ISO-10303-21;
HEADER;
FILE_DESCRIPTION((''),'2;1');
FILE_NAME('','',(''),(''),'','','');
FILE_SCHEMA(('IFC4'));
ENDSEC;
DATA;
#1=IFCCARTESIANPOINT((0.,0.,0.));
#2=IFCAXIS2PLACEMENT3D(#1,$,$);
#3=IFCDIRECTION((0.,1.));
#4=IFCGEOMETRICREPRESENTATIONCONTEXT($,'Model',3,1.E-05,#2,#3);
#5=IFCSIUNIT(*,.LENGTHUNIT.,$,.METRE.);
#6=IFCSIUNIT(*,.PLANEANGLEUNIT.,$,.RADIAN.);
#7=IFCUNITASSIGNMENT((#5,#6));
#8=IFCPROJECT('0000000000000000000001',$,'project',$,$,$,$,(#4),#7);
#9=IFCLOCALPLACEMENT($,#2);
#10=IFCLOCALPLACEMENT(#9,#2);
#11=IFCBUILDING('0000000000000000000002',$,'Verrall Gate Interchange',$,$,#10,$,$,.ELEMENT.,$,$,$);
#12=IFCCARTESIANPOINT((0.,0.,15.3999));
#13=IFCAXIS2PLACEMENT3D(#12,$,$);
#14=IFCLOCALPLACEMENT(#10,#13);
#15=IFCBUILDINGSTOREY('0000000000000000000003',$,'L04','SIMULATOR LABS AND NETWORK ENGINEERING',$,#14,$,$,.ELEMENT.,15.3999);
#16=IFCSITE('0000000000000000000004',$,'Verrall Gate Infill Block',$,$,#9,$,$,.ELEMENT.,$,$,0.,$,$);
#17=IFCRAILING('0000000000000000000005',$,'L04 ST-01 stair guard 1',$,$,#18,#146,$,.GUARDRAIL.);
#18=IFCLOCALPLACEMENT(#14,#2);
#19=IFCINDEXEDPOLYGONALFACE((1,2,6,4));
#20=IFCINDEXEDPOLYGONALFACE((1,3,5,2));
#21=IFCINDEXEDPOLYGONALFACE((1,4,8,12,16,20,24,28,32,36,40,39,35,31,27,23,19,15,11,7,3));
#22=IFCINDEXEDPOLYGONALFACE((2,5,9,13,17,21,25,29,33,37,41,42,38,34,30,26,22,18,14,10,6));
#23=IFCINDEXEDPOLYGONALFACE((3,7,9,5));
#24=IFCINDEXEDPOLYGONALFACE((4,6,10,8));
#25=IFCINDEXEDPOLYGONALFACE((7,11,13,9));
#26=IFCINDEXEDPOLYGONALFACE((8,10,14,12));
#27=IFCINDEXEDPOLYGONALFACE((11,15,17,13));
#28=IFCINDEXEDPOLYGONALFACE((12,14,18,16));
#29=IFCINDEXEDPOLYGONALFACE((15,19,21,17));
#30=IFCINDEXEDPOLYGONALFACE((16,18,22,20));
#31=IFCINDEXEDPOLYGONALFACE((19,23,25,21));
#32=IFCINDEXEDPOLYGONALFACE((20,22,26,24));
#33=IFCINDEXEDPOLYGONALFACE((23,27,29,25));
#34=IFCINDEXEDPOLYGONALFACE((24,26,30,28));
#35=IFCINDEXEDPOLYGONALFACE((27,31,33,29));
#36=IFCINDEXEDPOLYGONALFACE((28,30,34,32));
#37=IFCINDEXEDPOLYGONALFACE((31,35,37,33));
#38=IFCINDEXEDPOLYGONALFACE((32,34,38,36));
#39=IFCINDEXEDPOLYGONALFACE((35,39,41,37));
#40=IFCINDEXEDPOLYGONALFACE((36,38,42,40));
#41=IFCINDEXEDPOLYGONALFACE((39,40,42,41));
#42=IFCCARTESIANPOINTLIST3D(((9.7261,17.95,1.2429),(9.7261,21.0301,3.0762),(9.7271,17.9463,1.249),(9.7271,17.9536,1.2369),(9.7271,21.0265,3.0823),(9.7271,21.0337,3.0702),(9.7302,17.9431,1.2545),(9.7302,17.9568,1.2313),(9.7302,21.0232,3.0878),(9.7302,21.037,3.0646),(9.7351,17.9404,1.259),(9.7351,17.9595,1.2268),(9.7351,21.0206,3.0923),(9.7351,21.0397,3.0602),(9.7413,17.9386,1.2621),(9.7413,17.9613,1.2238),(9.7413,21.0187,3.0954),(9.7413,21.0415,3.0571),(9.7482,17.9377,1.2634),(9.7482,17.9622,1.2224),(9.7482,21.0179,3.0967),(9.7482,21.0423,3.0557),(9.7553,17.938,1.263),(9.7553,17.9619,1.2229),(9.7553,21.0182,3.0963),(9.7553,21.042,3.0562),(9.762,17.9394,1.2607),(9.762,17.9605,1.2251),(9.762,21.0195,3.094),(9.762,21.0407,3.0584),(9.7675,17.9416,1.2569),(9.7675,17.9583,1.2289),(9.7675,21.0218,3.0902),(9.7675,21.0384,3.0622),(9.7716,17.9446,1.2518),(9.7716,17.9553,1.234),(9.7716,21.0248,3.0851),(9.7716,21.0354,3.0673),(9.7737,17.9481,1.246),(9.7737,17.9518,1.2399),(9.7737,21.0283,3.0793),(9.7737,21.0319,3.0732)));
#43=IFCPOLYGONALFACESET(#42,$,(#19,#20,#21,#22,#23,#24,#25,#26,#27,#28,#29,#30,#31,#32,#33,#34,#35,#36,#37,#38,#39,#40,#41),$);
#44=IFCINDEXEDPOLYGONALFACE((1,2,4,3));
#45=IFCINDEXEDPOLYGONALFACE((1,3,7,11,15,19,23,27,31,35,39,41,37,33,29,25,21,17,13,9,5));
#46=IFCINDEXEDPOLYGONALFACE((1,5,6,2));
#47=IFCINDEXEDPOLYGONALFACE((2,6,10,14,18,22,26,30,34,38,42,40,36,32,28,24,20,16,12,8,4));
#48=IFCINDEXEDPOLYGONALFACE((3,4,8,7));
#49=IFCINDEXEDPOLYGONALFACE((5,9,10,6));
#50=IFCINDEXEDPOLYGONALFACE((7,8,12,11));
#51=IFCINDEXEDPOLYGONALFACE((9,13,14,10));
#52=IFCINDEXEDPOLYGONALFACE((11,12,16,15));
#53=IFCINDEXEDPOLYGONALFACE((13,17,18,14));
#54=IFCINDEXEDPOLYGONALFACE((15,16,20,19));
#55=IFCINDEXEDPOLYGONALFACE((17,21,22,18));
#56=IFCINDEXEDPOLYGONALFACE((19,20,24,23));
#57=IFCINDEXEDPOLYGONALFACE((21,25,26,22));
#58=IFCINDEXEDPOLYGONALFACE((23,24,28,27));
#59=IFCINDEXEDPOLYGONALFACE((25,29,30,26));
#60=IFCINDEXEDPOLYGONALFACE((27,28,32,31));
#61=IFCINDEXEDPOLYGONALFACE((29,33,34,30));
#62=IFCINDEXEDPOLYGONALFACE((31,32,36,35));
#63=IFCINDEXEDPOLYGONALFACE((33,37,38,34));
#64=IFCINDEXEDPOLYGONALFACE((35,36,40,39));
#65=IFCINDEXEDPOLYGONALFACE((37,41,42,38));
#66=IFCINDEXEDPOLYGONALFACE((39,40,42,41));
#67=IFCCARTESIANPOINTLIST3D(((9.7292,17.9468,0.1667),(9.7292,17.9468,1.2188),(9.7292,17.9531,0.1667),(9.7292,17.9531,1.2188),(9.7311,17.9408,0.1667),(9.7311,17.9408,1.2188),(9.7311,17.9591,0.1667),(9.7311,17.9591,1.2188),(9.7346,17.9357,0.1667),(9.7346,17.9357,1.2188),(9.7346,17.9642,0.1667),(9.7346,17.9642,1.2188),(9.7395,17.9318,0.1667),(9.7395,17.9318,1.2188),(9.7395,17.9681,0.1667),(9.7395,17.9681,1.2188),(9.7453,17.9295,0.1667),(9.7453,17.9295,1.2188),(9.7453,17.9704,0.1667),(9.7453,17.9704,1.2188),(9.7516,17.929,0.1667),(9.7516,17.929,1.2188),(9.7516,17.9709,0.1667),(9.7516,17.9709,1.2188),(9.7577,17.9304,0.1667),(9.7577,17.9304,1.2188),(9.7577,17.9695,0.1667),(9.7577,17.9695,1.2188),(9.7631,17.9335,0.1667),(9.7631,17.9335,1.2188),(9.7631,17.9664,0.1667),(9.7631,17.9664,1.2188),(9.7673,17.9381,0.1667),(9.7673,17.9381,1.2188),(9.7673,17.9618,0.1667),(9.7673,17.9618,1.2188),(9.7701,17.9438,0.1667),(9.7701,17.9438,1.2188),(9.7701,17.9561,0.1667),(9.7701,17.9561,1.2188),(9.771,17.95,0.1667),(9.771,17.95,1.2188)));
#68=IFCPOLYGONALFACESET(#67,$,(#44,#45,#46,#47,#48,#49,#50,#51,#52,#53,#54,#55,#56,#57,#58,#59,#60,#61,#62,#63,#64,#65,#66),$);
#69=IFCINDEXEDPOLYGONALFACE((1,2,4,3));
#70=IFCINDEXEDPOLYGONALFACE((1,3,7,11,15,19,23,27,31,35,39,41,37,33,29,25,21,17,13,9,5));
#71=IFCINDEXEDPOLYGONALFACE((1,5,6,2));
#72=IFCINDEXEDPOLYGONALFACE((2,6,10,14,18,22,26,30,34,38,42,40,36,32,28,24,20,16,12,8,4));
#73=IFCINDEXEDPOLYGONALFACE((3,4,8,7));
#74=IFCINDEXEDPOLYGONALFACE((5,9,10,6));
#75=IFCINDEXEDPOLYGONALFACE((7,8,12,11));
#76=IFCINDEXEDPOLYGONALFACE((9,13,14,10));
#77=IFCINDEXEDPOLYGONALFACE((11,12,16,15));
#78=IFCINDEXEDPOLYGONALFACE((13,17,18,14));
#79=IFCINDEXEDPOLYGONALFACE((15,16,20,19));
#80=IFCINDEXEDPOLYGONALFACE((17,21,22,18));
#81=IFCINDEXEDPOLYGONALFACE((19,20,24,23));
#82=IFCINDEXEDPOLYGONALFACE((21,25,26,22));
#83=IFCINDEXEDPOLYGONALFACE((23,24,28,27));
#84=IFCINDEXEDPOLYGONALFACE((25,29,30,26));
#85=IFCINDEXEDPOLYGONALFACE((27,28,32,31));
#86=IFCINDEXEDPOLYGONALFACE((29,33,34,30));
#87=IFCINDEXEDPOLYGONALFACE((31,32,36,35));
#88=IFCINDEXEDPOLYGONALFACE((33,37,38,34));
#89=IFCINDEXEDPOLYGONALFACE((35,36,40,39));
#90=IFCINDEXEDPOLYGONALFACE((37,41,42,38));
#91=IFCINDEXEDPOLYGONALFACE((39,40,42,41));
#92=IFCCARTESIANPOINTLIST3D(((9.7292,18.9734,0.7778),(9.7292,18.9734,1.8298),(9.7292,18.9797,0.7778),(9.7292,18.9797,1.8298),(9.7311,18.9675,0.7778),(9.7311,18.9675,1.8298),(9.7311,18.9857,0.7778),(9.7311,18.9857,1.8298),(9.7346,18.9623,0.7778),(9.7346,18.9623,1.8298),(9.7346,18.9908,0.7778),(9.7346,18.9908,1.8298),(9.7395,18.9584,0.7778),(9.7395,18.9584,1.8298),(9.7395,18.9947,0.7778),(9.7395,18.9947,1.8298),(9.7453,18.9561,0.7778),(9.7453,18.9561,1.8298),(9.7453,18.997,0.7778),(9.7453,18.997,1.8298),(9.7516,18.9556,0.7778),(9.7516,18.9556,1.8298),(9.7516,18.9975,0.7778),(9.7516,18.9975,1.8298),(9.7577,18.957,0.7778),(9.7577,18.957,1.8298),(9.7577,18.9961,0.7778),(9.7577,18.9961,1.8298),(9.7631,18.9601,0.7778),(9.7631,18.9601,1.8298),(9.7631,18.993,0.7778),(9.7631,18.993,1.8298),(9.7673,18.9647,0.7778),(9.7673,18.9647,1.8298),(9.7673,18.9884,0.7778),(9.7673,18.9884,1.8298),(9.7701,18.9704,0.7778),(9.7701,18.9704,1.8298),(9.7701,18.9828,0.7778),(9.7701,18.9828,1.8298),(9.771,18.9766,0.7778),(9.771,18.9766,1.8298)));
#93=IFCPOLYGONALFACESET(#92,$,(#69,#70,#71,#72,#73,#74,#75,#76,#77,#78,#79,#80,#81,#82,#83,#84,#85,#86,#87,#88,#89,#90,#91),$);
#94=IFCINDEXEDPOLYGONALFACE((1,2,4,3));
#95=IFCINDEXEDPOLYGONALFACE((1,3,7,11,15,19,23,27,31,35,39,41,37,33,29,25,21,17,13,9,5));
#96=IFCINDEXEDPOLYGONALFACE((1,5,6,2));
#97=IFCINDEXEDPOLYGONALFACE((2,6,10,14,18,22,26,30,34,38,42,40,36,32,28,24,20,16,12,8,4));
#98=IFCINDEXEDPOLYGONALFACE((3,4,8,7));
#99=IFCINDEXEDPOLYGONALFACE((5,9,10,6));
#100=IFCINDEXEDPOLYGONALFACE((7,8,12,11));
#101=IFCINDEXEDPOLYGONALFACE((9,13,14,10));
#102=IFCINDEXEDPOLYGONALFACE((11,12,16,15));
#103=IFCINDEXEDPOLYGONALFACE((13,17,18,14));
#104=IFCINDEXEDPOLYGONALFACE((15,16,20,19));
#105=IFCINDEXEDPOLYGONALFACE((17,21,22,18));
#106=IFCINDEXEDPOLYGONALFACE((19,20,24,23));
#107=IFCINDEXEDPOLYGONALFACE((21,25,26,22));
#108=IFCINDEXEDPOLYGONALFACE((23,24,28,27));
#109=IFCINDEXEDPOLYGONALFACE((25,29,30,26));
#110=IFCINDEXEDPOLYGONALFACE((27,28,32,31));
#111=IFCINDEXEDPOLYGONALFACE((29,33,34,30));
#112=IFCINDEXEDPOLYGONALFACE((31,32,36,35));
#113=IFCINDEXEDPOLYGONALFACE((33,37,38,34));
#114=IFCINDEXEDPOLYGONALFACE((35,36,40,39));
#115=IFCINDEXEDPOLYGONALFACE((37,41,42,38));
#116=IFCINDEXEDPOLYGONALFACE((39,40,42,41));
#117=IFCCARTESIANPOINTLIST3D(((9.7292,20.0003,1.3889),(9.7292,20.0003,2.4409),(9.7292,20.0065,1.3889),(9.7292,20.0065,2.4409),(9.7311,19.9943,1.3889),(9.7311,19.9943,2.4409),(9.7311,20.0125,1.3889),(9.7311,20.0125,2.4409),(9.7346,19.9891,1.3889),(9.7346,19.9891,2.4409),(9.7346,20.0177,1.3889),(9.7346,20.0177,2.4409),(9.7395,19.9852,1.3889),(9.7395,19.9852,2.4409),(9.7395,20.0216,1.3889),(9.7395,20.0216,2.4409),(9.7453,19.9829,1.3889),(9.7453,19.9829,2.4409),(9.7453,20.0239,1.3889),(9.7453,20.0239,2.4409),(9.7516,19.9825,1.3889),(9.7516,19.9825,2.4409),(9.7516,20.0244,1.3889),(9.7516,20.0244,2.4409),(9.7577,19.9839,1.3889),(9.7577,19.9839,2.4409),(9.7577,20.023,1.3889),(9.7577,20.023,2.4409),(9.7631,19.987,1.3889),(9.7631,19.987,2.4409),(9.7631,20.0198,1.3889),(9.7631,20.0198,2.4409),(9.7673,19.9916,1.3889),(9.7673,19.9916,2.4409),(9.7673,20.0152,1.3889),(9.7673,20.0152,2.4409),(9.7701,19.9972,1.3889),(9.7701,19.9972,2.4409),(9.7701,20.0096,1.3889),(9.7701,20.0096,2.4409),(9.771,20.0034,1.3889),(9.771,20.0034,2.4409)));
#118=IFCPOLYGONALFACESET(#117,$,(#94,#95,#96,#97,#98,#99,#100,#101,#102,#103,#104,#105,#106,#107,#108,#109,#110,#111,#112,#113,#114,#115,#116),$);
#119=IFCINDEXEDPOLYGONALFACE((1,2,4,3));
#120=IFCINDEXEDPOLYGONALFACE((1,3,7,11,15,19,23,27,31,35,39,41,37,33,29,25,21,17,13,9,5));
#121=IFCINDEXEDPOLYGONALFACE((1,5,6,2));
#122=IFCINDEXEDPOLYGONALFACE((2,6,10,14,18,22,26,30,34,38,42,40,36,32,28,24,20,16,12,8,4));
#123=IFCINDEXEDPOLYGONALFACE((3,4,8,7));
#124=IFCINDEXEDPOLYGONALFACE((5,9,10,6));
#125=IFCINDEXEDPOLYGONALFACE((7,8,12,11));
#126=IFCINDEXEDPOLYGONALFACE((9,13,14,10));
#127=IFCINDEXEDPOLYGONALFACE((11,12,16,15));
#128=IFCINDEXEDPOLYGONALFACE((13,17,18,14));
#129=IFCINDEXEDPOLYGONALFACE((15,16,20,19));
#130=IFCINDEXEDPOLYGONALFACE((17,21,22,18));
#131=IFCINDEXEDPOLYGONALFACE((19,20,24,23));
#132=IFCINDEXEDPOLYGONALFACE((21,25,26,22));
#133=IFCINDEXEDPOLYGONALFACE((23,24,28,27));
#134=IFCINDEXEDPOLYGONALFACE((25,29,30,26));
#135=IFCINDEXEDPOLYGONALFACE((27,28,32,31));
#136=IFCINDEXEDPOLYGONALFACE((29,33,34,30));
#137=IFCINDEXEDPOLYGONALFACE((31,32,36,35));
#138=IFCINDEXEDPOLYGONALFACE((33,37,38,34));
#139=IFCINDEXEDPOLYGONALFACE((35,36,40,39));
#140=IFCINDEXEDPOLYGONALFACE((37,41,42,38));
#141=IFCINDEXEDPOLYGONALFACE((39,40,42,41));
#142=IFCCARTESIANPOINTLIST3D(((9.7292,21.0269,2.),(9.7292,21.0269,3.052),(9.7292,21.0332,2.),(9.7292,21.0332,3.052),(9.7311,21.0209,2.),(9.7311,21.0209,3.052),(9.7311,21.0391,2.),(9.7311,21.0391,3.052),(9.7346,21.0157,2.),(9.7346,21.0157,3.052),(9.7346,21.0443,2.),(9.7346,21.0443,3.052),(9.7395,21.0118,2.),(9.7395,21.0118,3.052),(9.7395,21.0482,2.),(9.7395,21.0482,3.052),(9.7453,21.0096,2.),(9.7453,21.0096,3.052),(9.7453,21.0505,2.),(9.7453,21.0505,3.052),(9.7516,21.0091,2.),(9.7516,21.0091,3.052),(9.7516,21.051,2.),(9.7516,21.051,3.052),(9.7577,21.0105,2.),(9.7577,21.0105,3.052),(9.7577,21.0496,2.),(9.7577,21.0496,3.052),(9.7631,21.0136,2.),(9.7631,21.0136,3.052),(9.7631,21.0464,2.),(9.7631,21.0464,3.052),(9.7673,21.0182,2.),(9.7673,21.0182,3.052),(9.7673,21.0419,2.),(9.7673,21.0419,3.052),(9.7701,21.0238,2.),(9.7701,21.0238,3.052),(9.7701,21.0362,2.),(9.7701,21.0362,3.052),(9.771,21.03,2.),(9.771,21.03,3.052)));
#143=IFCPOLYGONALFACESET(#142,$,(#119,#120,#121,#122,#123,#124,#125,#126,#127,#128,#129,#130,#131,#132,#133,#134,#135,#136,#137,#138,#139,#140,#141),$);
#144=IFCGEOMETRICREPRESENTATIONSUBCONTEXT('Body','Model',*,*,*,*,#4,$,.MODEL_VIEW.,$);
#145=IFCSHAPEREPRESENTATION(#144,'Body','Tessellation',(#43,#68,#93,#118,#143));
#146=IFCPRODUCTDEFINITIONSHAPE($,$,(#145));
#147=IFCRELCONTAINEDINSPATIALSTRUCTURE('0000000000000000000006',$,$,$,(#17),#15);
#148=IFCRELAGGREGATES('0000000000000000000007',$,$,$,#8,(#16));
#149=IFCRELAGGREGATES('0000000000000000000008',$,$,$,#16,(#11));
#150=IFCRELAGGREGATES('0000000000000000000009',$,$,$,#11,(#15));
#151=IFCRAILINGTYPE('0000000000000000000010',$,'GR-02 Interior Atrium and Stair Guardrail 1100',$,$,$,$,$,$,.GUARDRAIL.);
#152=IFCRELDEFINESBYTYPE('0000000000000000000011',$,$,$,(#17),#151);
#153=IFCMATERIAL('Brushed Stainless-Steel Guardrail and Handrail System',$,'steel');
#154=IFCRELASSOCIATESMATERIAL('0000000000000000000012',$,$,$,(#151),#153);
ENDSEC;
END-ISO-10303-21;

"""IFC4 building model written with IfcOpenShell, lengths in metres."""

from ifc_helpers import new_model, si_unit, direction, frame, origin, origin_2d, place, context, subcontext, project, spatial, circle, extrude, material, type_object, element, save


model = new_model("IFC4")

# Units and contexts
model_context = context("Model", 3, precision=1e-05, world=origin(), true_north=direction((0.0, 1.0)))
body_context = subcontext(model_context, "Body", "Model", "MODEL_VIEW")
ifc_project = project(units=[si_unit("LENGTHUNIT", "METRE"), si_unit("PLANEANGLEUNIT", "RADIAN")], contexts=[model_context])

# Site, building, storey
site_placement = place(None, origin())
site = spatial("IfcSite", under=ifc_project, at=site_placement, Name="Verrall Gate Infill Block", CompositionType="ELEMENT", RefElevation=0.0)
building_placement = place(site_placement, origin())
building = spatial("IfcBuilding", under=site, at=building_placement, Name="Verrall Gate Interchange", CompositionType="ELEMENT")
storey_placement = place(building_placement, frame((0.0, 0.0, 15.3999)))
storey = spatial("IfcBuildingStorey", under=building, at=storey_placement, Name="L04", Description="SIMULATOR LABS AND NETWORK ENGINEERING", CompositionType="ELEMENT", Elevation=15.3999)

# Railing
ifc_material_1 = material(Name="Brushed Stainless-Steel Guardrail and Handrail System", Category="steel")
railing_type_1 = type_object("IfcRailingType", Name="GR-02 Interior Atrium and Stair Guardrail 1100", PredefinedType="GUARDRAIL", material=ifc_material_1)
railing_1_placement = place(storey_placement, frame((9.75, 17.95, 0.1667)))
element("IfcRailing", 1, at=railing_1_placement, inside=storey, type_object=railing_type_1, Name="L04 ST-01 stair guard 1", PredefinedType="GUARDRAIL", context=body_context, shape_type="SweptSolid", body=[
    extrude(circle(Radius=0.0239, at=origin_2d()), frame((0.0, 0.0, 1.0762), z_axis=(0.0, 0.859309, 0.511458), x_axis=(-1.0, 0.0, 0.0)), (0.0, 0.0, 1.0), 3.5845),
    extrude(circle(Radius=0.021, at=origin_2d()), origin(), (0.0, 0.0, 1.0), 1.052),
    extrude(circle(Radius=0.021, at=origin_2d()), frame((0.0, 1.0266, 0.6111)), (0.0, 0.0, 1.0), 1.052),
    extrude(circle(Radius=0.021, at=origin_2d()), frame((0.0, 2.0535, 1.2222)), (0.0, 0.0, 1.0), 1.052),
    extrude(circle(Radius=0.021, at=origin_2d()), frame((0.0, 3.0801, 1.8333)), (0.0, 0.0, 1.0), 1.052),
])

save(model, "model.ifc")
